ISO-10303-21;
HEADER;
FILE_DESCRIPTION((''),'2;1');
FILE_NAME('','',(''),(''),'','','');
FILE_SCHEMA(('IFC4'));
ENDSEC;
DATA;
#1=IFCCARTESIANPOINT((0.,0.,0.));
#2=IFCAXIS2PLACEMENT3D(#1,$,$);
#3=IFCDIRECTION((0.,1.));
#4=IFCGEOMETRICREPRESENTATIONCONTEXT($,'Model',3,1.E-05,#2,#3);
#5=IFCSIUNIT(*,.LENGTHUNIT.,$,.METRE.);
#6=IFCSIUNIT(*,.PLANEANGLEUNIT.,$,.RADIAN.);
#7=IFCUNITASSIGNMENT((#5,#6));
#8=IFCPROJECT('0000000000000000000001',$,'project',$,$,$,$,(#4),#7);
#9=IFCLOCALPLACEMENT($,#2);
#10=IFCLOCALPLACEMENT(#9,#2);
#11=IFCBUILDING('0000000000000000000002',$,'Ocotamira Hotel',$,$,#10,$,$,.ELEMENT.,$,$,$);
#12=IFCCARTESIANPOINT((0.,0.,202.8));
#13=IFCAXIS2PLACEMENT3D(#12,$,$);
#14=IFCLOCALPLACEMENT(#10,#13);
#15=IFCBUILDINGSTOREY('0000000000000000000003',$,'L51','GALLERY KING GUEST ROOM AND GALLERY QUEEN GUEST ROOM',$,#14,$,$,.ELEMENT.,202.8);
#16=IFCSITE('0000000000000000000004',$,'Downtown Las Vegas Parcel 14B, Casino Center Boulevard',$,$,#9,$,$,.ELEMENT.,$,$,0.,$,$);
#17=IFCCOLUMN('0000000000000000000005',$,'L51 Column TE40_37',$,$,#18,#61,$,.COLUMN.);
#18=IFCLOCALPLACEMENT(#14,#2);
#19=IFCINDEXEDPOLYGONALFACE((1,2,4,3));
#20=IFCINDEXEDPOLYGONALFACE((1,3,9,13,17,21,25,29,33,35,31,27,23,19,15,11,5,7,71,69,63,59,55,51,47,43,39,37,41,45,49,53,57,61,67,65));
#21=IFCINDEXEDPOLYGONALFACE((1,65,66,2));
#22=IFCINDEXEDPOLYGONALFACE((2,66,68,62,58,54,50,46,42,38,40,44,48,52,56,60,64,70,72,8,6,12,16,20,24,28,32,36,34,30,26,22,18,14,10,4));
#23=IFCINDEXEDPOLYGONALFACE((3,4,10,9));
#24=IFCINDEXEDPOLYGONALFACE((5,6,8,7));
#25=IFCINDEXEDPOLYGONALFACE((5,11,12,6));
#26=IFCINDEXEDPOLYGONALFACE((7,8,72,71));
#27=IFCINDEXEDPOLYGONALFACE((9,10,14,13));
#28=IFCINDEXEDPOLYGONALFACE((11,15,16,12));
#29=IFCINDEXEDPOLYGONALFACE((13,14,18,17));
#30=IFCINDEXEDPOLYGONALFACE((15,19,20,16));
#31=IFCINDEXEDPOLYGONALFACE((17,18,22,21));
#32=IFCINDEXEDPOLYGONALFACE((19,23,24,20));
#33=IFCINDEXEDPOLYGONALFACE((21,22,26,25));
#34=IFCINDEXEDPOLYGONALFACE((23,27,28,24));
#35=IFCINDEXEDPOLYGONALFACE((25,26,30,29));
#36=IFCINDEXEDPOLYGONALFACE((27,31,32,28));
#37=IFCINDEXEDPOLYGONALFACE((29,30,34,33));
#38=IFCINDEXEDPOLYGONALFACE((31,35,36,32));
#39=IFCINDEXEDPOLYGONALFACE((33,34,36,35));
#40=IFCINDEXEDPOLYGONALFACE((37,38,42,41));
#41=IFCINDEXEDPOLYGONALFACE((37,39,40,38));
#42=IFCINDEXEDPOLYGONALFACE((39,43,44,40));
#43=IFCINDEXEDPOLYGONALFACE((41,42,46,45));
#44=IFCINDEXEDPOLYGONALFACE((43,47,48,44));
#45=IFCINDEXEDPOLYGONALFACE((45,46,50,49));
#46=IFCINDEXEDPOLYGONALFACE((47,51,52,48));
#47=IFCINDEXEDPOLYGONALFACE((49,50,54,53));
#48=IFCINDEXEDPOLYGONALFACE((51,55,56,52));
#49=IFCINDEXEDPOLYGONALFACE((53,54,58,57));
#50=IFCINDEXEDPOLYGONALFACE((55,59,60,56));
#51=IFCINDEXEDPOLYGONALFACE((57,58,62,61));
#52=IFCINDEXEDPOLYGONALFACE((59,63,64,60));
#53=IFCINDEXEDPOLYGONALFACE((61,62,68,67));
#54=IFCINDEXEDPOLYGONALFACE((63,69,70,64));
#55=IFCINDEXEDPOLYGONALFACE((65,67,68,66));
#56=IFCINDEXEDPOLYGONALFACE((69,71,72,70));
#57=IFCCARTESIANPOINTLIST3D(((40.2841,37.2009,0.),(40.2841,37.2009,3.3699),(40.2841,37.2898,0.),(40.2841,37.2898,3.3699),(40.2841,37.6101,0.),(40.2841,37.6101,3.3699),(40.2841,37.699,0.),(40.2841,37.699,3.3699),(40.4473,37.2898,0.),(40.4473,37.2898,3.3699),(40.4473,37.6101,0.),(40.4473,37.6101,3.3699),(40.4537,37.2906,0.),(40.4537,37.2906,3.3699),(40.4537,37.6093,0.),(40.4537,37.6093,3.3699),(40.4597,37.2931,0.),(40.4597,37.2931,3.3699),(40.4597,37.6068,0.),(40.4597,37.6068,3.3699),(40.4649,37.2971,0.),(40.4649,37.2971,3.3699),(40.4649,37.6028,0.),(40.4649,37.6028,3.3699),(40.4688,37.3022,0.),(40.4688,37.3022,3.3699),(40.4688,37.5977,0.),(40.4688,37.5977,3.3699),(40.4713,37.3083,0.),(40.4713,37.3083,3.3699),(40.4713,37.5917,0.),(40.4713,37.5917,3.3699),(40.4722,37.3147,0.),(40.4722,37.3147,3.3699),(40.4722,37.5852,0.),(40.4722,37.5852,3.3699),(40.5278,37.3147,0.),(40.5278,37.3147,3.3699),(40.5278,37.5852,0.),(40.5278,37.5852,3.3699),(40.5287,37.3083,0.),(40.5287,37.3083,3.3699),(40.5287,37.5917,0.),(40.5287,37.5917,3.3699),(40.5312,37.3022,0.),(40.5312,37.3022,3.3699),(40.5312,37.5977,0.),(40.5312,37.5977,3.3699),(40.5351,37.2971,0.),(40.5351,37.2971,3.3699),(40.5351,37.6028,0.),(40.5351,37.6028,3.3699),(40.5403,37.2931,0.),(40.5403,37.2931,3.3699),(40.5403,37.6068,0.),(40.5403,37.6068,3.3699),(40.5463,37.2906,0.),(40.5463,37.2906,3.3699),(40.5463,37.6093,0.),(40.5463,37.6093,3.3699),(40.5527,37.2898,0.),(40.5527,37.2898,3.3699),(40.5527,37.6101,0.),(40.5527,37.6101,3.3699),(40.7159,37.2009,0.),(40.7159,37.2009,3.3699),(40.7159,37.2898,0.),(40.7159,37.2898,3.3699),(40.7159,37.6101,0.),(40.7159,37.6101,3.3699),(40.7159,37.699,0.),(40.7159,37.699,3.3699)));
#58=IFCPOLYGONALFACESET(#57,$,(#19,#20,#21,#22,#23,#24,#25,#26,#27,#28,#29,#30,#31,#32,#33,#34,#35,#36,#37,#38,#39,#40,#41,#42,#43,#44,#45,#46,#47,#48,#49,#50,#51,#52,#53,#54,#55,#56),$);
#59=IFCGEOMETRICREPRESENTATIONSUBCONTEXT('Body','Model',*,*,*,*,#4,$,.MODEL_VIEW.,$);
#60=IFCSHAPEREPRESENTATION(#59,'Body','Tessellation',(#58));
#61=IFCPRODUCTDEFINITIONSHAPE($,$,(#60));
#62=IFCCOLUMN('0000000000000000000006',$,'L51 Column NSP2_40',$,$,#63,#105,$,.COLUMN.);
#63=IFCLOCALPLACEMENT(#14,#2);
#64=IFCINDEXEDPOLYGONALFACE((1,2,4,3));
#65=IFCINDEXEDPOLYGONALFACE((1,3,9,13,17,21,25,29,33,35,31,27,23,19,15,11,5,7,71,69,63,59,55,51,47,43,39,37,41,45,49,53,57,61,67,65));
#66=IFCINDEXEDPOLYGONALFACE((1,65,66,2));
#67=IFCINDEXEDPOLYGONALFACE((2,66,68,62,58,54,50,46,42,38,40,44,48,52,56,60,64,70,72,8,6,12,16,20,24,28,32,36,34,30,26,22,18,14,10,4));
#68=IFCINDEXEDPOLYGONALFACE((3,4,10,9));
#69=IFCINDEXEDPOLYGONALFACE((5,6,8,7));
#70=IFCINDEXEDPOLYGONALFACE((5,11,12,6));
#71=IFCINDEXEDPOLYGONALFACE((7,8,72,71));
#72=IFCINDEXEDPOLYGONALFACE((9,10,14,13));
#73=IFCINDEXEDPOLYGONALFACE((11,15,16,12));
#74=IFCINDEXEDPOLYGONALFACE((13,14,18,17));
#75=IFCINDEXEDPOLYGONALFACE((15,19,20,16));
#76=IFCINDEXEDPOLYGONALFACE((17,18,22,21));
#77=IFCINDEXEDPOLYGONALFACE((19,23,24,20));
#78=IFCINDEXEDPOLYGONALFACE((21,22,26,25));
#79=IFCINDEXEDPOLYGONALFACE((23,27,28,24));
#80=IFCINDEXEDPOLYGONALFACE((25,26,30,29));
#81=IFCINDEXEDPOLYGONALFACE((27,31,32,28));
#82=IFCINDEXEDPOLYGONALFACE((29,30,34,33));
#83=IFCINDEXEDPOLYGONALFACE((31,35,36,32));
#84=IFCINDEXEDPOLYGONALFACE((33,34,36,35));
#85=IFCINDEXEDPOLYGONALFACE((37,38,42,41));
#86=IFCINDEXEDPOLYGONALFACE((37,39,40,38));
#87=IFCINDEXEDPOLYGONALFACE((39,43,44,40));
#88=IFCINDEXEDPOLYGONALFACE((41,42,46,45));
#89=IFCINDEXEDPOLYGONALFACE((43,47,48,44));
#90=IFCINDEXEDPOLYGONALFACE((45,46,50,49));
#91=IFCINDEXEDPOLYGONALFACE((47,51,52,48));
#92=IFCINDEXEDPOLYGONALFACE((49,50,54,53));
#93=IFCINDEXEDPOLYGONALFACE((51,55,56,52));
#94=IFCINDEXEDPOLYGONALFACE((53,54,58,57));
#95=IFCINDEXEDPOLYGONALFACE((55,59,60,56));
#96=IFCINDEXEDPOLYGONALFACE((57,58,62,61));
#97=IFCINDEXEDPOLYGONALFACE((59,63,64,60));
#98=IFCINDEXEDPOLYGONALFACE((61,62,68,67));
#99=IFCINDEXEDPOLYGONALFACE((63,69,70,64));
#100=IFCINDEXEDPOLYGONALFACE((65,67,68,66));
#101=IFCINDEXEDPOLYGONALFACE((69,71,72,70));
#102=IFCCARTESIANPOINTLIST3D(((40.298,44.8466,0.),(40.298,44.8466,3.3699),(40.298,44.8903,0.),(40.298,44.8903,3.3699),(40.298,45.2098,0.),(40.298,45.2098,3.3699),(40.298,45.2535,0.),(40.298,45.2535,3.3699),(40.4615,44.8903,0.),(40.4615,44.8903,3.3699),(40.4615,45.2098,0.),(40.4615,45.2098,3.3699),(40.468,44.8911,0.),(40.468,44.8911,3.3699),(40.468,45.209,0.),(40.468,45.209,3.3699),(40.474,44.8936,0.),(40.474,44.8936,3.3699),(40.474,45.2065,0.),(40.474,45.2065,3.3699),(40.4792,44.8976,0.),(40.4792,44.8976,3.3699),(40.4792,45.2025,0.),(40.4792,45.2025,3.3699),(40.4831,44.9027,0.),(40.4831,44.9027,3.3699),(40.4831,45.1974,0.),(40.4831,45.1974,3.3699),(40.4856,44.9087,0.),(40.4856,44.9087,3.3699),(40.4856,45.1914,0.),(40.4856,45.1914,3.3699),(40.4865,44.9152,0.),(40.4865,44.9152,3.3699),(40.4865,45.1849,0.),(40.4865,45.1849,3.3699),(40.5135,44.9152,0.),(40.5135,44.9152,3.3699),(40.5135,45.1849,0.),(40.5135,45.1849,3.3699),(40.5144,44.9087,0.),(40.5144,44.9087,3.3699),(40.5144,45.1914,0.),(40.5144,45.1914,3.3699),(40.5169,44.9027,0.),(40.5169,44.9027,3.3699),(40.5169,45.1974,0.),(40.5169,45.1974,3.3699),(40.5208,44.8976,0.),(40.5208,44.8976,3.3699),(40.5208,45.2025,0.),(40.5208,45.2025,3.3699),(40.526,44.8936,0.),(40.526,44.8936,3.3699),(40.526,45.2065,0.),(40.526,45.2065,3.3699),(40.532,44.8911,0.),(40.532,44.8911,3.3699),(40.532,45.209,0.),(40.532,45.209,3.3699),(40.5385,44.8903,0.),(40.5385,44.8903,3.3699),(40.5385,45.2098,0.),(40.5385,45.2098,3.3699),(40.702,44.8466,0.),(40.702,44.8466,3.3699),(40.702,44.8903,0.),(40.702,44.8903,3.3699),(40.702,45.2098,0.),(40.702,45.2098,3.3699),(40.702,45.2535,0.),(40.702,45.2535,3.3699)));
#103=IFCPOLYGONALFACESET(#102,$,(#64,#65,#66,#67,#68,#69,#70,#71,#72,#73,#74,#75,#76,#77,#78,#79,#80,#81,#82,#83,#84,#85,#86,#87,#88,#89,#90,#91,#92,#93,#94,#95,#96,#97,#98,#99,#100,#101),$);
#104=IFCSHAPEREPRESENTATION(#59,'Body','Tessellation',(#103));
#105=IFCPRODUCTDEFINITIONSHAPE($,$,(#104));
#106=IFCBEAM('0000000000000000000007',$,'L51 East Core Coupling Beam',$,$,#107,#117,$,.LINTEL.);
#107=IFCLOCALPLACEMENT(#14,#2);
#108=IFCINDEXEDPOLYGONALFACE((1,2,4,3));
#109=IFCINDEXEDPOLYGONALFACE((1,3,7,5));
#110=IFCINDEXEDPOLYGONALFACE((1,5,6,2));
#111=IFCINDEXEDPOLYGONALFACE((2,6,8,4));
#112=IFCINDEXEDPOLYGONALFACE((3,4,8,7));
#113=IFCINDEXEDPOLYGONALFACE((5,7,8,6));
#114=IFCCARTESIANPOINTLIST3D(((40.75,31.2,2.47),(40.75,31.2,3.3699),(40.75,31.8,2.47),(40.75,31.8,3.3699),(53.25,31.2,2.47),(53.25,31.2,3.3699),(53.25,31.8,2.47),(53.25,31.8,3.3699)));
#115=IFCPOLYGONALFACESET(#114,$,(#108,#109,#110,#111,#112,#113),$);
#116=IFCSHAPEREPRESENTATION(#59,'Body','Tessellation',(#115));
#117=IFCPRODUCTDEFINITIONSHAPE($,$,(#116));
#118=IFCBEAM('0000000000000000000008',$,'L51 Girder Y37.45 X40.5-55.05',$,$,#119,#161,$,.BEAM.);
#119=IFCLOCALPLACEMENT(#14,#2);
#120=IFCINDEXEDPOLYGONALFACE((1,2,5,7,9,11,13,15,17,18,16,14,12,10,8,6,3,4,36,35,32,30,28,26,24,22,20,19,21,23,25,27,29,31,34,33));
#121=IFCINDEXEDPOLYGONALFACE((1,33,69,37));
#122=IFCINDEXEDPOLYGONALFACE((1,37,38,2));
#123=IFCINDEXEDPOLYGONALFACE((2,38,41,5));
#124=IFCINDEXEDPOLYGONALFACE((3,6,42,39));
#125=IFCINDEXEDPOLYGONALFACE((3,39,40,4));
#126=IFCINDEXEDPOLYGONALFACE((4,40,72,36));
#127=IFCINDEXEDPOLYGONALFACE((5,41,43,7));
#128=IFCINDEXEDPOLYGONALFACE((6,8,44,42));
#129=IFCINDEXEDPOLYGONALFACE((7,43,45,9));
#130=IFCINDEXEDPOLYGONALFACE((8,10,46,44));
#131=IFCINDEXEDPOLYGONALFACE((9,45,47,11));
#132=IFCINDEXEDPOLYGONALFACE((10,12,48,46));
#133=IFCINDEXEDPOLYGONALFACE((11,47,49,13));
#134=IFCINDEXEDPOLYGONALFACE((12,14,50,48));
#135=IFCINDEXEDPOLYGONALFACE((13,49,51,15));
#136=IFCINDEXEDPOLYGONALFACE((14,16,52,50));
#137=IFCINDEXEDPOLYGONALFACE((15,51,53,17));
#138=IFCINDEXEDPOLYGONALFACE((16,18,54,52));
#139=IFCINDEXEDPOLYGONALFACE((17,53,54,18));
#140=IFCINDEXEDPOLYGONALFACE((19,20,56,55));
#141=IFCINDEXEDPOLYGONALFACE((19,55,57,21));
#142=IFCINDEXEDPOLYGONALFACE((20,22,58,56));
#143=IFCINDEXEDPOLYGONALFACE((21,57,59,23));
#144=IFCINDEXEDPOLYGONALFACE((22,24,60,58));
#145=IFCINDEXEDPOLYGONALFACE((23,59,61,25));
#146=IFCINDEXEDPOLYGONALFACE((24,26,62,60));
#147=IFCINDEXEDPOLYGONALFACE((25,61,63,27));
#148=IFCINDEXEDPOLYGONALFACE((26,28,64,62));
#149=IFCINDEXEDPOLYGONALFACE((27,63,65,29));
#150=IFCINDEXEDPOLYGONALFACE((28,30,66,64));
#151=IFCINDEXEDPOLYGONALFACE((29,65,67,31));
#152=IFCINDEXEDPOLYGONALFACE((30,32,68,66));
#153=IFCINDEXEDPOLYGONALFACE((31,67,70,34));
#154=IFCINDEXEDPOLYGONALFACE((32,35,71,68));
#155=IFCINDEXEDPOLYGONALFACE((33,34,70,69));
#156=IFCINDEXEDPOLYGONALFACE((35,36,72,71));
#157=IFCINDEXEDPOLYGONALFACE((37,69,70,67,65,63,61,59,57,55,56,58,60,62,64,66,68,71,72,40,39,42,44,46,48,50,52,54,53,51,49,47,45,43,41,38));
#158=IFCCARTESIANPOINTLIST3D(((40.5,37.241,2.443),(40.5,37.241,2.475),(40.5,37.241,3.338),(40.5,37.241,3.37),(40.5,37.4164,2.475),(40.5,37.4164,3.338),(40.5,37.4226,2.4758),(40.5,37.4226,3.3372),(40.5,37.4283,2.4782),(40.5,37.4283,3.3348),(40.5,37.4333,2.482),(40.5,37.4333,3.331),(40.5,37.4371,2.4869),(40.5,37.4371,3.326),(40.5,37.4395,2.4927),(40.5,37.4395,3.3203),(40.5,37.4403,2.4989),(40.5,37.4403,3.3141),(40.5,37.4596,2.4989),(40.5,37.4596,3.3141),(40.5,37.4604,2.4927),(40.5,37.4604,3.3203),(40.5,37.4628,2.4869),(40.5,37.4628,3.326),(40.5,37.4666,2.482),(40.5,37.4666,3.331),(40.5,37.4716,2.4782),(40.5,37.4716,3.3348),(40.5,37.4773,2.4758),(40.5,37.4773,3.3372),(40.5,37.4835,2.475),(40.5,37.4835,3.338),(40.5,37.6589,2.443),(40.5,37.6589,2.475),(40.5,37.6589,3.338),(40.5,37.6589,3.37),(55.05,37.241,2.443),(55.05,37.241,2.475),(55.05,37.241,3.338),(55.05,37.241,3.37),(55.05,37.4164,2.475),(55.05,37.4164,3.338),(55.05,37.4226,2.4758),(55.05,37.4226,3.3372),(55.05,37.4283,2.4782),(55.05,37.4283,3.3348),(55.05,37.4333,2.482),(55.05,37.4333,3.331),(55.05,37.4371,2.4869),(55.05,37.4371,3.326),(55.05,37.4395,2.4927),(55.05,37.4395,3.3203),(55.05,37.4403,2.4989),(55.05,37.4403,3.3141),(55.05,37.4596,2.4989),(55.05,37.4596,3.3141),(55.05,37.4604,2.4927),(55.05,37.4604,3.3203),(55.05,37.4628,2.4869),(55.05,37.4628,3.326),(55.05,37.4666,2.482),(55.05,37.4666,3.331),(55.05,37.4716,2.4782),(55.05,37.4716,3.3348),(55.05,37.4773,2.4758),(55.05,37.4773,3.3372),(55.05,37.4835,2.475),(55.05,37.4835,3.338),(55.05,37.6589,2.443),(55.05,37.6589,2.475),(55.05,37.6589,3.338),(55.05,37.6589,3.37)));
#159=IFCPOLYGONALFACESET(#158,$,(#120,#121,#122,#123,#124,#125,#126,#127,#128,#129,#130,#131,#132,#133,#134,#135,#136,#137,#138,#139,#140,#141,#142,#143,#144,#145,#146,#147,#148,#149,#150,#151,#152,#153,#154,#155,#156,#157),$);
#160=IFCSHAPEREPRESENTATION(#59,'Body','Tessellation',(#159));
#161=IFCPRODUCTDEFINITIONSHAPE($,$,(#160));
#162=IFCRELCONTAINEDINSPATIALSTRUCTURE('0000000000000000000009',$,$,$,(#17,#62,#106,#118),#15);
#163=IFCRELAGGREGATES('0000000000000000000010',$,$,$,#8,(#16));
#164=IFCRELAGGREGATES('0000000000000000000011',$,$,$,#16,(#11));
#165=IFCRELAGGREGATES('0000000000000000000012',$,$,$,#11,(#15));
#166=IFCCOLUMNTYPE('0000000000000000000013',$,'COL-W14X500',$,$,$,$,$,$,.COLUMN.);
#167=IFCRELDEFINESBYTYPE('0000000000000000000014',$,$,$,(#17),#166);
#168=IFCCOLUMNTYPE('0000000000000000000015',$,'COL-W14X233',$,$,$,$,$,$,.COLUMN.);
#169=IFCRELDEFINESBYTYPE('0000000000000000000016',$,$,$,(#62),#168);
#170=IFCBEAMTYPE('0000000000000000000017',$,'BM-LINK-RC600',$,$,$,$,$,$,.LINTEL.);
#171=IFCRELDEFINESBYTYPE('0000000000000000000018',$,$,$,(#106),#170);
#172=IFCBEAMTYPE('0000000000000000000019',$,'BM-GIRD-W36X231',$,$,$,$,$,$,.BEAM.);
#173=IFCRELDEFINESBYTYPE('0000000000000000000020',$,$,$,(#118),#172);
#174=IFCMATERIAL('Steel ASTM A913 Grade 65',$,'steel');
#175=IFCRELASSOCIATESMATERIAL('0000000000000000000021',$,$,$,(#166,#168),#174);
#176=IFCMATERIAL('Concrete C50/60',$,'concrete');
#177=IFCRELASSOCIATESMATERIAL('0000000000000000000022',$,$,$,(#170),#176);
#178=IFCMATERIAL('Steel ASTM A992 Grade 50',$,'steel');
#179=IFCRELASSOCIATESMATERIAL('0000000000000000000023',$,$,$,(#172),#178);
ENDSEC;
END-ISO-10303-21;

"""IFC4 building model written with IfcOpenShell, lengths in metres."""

from ifc_helpers import new_model, si_unit, direction, frame, origin, origin_2d, place, context, subcontext, project, spatial, rectangle, i_section, extrude, source, transform, mapped, material, material_profile, profile_set, type_object, element, save


model = new_model("IFC4")

# Units and contexts
model_context = context("Model", 3, precision=1e-05, world=origin(), true_north=direction((0.0, 1.0)))
body_context = subcontext(model_context, "Body", "Model", "MODEL_VIEW")
ifc_project = project(units=[si_unit("LENGTHUNIT", "METRE"), si_unit("PLANEANGLEUNIT", "RADIAN")], contexts=[model_context])

# Site, building, storey
site_placement = place(None, origin())
site = spatial("IfcSite", under=ifc_project, at=site_placement, Name="Downtown Las Vegas Parcel 14B, Casino Center Boulevard", CompositionType="ELEMENT", RefElevation=0.0)
building_placement = place(site_placement, origin())
building = spatial("IfcBuilding", under=site, at=building_placement, Name="Ocotamira Hotel", CompositionType="ELEMENT")
storey_placement = place(building_placement, frame((0.0, 0.0, 202.8)))
storey = spatial("IfcBuildingStorey", under=building, at=storey_placement, Name="L51", Description="GALLERY KING GUEST ROOM AND GALLERY QUEEN GUEST ROOM", CompositionType="ELEMENT", Elevation=202.8)

# Columns
ifc_material_1 = material(Name="Steel ASTM A913 Grade 65", Category="steel")
ifc_material_profile_1 = material_profile(ifc_material_1, i_section(OverallWidth=0.4319, OverallDepth=0.498, WebThickness=0.0557, FlangeThickness=0.0889, FilletRadius=0.0249, at=origin_2d()), Name="W14X500")
ifc_profile_set_1 = profile_set([ifc_material_profile_1], Name="Steel ASTM A913 Grade 65")
column_type_1 = type_object("IfcColumnType", Name="COL-W14X500", PredefinedType="COLUMN", material=ifc_profile_set_1)
shared_shape_1 = source(origin(), body_context, "Body", "SweptSolid", [
    extrude(i_section(OverallWidth=0.4319, OverallDepth=0.498, WebThickness=0.0557, FlangeThickness=0.0889, FilletRadius=0.0249, at=origin_2d()), origin(), (0.0, 0.0, 1.0), 3.3699),
])
column_1_placement = place(storey_placement, frame((40.5, 37.45, 0.0), z_axis=(0.0, 0.0, 1.0), x_axis=(1.0, 0.0, 0.0)))
element("IfcColumn", 1, at=column_1_placement, inside=storey, type_object=column_type_1, Name="L51 Column TE40_37", PredefinedType="COLUMN", context=body_context, shape_type="MappedRepresentation", body=[
    mapped(shared_shape_1, transform((0.0, 0.0, 0.0), scale=1.0)),
])
ifc_material_profile_2 = material_profile(ifc_material_1, i_section(OverallWidth=0.4041, OverallDepth=0.407, WebThickness=0.0271, FlangeThickness=0.0437, FilletRadius=0.0249, at=origin_2d()), Name="W14X233")
ifc_profile_set_2 = profile_set([ifc_material_profile_2], Name="Steel ASTM A913 Grade 65")
column_type_2 = type_object("IfcColumnType", Name="COL-W14X233", PredefinedType="COLUMN", material=ifc_profile_set_2)
shared_shape_2 = source(origin(), body_context, "Body", "SweptSolid", [
    extrude(i_section(OverallWidth=0.4041, OverallDepth=0.407, WebThickness=0.0271, FlangeThickness=0.0437, FilletRadius=0.0249, at=origin_2d()), origin(), (0.0, 0.0, 1.0), 3.3699),
])
column_2_placement = place(storey_placement, frame((40.5, 45.05, 0.0), z_axis=(0.0, 0.0, 1.0), x_axis=(1.0, 0.0, 0.0)))
element("IfcColumn", 2, at=column_2_placement, inside=storey, type_object=column_type_2, Name="L51 Column NSP2_40", PredefinedType="COLUMN", context=body_context, shape_type="MappedRepresentation", body=[
    mapped(shared_shape_2, transform((0.0, 0.0, 0.0), scale=1.0)),
])

# Beams
ifc_material_2 = material(Name="Concrete C50/60", Category="concrete")
ifc_material_profile_3 = material_profile(ifc_material_2, rectangle(XDim=0.6001, YDim=0.8999, at=origin_2d()), Name="RC600X900")
ifc_profile_set_3 = profile_set([ifc_material_profile_3], Name="Concrete C50/60")
beam_type_1 = type_object("IfcBeamType", Name="BM-LINK-RC600", PredefinedType="LINTEL", material=ifc_profile_set_3)
shared_shape_3 = source(origin(), body_context, "Body", "SweptSolid", [
    extrude(rectangle(XDim=0.6001, YDim=0.8999, at=origin_2d()), origin(), (0.0, 0.0, 1.0), 12.5),
])
beam_1_placement = place(storey_placement, frame((40.75, 31.5, 2.9199), z_axis=(1.0, 0.0, 0.0), x_axis=(0.0, 1.0, 0.0)))
element("IfcBeam", 3, at=beam_1_placement, inside=storey, type_object=beam_type_1, Name="L51 East Core Coupling Beam", PredefinedType="LINTEL", context=body_context, shape_type="MappedRepresentation", body=[
    mapped(shared_shape_3, transform((0.0, 0.0, 0.0), scale=1.0)),
])
ifc_material_3 = material(Name="Steel ASTM A992 Grade 50", Category="steel")
ifc_material_profile_4 = material_profile(ifc_material_3, i_section(OverallWidth=0.418, OverallDepth=0.927, WebThickness=0.0193, FlangeThickness=0.032, FilletRadius=0.0239, at=origin_2d()), Name="W36X231")
ifc_profile_set_4 = profile_set([ifc_material_profile_4], Name="Steel ASTM A992 Grade 50")
beam_type_2 = type_object("IfcBeamType", Name="BM-GIRD-W36X231", PredefinedType="BEAM", material=ifc_profile_set_4)
shared_shape_4 = source(origin(), body_context, "Body", "SweptSolid", [
    extrude(i_section(OverallWidth=0.418, OverallDepth=0.927, WebThickness=0.0193, FlangeThickness=0.032, FilletRadius=0.0239, at=origin_2d()), origin(), (0.0, 0.0, 1.0), 14.55),
])
beam_2_placement = place(storey_placement, frame((40.5, 37.45, 2.9065), z_axis=(1.0, 0.0, 0.0), x_axis=(0.0, 1.0, 0.0)))
element("IfcBeam", 4, at=beam_2_placement, inside=storey, type_object=beam_type_2, Name="L51 Girder Y37.45 X40.5-55.05", PredefinedType="BEAM", context=body_context, shape_type="MappedRepresentation", body=[
    mapped(shared_shape_4, transform((0.0, 0.0, 0.0), scale=1.0)),
])

save(model, "model.ifc")
